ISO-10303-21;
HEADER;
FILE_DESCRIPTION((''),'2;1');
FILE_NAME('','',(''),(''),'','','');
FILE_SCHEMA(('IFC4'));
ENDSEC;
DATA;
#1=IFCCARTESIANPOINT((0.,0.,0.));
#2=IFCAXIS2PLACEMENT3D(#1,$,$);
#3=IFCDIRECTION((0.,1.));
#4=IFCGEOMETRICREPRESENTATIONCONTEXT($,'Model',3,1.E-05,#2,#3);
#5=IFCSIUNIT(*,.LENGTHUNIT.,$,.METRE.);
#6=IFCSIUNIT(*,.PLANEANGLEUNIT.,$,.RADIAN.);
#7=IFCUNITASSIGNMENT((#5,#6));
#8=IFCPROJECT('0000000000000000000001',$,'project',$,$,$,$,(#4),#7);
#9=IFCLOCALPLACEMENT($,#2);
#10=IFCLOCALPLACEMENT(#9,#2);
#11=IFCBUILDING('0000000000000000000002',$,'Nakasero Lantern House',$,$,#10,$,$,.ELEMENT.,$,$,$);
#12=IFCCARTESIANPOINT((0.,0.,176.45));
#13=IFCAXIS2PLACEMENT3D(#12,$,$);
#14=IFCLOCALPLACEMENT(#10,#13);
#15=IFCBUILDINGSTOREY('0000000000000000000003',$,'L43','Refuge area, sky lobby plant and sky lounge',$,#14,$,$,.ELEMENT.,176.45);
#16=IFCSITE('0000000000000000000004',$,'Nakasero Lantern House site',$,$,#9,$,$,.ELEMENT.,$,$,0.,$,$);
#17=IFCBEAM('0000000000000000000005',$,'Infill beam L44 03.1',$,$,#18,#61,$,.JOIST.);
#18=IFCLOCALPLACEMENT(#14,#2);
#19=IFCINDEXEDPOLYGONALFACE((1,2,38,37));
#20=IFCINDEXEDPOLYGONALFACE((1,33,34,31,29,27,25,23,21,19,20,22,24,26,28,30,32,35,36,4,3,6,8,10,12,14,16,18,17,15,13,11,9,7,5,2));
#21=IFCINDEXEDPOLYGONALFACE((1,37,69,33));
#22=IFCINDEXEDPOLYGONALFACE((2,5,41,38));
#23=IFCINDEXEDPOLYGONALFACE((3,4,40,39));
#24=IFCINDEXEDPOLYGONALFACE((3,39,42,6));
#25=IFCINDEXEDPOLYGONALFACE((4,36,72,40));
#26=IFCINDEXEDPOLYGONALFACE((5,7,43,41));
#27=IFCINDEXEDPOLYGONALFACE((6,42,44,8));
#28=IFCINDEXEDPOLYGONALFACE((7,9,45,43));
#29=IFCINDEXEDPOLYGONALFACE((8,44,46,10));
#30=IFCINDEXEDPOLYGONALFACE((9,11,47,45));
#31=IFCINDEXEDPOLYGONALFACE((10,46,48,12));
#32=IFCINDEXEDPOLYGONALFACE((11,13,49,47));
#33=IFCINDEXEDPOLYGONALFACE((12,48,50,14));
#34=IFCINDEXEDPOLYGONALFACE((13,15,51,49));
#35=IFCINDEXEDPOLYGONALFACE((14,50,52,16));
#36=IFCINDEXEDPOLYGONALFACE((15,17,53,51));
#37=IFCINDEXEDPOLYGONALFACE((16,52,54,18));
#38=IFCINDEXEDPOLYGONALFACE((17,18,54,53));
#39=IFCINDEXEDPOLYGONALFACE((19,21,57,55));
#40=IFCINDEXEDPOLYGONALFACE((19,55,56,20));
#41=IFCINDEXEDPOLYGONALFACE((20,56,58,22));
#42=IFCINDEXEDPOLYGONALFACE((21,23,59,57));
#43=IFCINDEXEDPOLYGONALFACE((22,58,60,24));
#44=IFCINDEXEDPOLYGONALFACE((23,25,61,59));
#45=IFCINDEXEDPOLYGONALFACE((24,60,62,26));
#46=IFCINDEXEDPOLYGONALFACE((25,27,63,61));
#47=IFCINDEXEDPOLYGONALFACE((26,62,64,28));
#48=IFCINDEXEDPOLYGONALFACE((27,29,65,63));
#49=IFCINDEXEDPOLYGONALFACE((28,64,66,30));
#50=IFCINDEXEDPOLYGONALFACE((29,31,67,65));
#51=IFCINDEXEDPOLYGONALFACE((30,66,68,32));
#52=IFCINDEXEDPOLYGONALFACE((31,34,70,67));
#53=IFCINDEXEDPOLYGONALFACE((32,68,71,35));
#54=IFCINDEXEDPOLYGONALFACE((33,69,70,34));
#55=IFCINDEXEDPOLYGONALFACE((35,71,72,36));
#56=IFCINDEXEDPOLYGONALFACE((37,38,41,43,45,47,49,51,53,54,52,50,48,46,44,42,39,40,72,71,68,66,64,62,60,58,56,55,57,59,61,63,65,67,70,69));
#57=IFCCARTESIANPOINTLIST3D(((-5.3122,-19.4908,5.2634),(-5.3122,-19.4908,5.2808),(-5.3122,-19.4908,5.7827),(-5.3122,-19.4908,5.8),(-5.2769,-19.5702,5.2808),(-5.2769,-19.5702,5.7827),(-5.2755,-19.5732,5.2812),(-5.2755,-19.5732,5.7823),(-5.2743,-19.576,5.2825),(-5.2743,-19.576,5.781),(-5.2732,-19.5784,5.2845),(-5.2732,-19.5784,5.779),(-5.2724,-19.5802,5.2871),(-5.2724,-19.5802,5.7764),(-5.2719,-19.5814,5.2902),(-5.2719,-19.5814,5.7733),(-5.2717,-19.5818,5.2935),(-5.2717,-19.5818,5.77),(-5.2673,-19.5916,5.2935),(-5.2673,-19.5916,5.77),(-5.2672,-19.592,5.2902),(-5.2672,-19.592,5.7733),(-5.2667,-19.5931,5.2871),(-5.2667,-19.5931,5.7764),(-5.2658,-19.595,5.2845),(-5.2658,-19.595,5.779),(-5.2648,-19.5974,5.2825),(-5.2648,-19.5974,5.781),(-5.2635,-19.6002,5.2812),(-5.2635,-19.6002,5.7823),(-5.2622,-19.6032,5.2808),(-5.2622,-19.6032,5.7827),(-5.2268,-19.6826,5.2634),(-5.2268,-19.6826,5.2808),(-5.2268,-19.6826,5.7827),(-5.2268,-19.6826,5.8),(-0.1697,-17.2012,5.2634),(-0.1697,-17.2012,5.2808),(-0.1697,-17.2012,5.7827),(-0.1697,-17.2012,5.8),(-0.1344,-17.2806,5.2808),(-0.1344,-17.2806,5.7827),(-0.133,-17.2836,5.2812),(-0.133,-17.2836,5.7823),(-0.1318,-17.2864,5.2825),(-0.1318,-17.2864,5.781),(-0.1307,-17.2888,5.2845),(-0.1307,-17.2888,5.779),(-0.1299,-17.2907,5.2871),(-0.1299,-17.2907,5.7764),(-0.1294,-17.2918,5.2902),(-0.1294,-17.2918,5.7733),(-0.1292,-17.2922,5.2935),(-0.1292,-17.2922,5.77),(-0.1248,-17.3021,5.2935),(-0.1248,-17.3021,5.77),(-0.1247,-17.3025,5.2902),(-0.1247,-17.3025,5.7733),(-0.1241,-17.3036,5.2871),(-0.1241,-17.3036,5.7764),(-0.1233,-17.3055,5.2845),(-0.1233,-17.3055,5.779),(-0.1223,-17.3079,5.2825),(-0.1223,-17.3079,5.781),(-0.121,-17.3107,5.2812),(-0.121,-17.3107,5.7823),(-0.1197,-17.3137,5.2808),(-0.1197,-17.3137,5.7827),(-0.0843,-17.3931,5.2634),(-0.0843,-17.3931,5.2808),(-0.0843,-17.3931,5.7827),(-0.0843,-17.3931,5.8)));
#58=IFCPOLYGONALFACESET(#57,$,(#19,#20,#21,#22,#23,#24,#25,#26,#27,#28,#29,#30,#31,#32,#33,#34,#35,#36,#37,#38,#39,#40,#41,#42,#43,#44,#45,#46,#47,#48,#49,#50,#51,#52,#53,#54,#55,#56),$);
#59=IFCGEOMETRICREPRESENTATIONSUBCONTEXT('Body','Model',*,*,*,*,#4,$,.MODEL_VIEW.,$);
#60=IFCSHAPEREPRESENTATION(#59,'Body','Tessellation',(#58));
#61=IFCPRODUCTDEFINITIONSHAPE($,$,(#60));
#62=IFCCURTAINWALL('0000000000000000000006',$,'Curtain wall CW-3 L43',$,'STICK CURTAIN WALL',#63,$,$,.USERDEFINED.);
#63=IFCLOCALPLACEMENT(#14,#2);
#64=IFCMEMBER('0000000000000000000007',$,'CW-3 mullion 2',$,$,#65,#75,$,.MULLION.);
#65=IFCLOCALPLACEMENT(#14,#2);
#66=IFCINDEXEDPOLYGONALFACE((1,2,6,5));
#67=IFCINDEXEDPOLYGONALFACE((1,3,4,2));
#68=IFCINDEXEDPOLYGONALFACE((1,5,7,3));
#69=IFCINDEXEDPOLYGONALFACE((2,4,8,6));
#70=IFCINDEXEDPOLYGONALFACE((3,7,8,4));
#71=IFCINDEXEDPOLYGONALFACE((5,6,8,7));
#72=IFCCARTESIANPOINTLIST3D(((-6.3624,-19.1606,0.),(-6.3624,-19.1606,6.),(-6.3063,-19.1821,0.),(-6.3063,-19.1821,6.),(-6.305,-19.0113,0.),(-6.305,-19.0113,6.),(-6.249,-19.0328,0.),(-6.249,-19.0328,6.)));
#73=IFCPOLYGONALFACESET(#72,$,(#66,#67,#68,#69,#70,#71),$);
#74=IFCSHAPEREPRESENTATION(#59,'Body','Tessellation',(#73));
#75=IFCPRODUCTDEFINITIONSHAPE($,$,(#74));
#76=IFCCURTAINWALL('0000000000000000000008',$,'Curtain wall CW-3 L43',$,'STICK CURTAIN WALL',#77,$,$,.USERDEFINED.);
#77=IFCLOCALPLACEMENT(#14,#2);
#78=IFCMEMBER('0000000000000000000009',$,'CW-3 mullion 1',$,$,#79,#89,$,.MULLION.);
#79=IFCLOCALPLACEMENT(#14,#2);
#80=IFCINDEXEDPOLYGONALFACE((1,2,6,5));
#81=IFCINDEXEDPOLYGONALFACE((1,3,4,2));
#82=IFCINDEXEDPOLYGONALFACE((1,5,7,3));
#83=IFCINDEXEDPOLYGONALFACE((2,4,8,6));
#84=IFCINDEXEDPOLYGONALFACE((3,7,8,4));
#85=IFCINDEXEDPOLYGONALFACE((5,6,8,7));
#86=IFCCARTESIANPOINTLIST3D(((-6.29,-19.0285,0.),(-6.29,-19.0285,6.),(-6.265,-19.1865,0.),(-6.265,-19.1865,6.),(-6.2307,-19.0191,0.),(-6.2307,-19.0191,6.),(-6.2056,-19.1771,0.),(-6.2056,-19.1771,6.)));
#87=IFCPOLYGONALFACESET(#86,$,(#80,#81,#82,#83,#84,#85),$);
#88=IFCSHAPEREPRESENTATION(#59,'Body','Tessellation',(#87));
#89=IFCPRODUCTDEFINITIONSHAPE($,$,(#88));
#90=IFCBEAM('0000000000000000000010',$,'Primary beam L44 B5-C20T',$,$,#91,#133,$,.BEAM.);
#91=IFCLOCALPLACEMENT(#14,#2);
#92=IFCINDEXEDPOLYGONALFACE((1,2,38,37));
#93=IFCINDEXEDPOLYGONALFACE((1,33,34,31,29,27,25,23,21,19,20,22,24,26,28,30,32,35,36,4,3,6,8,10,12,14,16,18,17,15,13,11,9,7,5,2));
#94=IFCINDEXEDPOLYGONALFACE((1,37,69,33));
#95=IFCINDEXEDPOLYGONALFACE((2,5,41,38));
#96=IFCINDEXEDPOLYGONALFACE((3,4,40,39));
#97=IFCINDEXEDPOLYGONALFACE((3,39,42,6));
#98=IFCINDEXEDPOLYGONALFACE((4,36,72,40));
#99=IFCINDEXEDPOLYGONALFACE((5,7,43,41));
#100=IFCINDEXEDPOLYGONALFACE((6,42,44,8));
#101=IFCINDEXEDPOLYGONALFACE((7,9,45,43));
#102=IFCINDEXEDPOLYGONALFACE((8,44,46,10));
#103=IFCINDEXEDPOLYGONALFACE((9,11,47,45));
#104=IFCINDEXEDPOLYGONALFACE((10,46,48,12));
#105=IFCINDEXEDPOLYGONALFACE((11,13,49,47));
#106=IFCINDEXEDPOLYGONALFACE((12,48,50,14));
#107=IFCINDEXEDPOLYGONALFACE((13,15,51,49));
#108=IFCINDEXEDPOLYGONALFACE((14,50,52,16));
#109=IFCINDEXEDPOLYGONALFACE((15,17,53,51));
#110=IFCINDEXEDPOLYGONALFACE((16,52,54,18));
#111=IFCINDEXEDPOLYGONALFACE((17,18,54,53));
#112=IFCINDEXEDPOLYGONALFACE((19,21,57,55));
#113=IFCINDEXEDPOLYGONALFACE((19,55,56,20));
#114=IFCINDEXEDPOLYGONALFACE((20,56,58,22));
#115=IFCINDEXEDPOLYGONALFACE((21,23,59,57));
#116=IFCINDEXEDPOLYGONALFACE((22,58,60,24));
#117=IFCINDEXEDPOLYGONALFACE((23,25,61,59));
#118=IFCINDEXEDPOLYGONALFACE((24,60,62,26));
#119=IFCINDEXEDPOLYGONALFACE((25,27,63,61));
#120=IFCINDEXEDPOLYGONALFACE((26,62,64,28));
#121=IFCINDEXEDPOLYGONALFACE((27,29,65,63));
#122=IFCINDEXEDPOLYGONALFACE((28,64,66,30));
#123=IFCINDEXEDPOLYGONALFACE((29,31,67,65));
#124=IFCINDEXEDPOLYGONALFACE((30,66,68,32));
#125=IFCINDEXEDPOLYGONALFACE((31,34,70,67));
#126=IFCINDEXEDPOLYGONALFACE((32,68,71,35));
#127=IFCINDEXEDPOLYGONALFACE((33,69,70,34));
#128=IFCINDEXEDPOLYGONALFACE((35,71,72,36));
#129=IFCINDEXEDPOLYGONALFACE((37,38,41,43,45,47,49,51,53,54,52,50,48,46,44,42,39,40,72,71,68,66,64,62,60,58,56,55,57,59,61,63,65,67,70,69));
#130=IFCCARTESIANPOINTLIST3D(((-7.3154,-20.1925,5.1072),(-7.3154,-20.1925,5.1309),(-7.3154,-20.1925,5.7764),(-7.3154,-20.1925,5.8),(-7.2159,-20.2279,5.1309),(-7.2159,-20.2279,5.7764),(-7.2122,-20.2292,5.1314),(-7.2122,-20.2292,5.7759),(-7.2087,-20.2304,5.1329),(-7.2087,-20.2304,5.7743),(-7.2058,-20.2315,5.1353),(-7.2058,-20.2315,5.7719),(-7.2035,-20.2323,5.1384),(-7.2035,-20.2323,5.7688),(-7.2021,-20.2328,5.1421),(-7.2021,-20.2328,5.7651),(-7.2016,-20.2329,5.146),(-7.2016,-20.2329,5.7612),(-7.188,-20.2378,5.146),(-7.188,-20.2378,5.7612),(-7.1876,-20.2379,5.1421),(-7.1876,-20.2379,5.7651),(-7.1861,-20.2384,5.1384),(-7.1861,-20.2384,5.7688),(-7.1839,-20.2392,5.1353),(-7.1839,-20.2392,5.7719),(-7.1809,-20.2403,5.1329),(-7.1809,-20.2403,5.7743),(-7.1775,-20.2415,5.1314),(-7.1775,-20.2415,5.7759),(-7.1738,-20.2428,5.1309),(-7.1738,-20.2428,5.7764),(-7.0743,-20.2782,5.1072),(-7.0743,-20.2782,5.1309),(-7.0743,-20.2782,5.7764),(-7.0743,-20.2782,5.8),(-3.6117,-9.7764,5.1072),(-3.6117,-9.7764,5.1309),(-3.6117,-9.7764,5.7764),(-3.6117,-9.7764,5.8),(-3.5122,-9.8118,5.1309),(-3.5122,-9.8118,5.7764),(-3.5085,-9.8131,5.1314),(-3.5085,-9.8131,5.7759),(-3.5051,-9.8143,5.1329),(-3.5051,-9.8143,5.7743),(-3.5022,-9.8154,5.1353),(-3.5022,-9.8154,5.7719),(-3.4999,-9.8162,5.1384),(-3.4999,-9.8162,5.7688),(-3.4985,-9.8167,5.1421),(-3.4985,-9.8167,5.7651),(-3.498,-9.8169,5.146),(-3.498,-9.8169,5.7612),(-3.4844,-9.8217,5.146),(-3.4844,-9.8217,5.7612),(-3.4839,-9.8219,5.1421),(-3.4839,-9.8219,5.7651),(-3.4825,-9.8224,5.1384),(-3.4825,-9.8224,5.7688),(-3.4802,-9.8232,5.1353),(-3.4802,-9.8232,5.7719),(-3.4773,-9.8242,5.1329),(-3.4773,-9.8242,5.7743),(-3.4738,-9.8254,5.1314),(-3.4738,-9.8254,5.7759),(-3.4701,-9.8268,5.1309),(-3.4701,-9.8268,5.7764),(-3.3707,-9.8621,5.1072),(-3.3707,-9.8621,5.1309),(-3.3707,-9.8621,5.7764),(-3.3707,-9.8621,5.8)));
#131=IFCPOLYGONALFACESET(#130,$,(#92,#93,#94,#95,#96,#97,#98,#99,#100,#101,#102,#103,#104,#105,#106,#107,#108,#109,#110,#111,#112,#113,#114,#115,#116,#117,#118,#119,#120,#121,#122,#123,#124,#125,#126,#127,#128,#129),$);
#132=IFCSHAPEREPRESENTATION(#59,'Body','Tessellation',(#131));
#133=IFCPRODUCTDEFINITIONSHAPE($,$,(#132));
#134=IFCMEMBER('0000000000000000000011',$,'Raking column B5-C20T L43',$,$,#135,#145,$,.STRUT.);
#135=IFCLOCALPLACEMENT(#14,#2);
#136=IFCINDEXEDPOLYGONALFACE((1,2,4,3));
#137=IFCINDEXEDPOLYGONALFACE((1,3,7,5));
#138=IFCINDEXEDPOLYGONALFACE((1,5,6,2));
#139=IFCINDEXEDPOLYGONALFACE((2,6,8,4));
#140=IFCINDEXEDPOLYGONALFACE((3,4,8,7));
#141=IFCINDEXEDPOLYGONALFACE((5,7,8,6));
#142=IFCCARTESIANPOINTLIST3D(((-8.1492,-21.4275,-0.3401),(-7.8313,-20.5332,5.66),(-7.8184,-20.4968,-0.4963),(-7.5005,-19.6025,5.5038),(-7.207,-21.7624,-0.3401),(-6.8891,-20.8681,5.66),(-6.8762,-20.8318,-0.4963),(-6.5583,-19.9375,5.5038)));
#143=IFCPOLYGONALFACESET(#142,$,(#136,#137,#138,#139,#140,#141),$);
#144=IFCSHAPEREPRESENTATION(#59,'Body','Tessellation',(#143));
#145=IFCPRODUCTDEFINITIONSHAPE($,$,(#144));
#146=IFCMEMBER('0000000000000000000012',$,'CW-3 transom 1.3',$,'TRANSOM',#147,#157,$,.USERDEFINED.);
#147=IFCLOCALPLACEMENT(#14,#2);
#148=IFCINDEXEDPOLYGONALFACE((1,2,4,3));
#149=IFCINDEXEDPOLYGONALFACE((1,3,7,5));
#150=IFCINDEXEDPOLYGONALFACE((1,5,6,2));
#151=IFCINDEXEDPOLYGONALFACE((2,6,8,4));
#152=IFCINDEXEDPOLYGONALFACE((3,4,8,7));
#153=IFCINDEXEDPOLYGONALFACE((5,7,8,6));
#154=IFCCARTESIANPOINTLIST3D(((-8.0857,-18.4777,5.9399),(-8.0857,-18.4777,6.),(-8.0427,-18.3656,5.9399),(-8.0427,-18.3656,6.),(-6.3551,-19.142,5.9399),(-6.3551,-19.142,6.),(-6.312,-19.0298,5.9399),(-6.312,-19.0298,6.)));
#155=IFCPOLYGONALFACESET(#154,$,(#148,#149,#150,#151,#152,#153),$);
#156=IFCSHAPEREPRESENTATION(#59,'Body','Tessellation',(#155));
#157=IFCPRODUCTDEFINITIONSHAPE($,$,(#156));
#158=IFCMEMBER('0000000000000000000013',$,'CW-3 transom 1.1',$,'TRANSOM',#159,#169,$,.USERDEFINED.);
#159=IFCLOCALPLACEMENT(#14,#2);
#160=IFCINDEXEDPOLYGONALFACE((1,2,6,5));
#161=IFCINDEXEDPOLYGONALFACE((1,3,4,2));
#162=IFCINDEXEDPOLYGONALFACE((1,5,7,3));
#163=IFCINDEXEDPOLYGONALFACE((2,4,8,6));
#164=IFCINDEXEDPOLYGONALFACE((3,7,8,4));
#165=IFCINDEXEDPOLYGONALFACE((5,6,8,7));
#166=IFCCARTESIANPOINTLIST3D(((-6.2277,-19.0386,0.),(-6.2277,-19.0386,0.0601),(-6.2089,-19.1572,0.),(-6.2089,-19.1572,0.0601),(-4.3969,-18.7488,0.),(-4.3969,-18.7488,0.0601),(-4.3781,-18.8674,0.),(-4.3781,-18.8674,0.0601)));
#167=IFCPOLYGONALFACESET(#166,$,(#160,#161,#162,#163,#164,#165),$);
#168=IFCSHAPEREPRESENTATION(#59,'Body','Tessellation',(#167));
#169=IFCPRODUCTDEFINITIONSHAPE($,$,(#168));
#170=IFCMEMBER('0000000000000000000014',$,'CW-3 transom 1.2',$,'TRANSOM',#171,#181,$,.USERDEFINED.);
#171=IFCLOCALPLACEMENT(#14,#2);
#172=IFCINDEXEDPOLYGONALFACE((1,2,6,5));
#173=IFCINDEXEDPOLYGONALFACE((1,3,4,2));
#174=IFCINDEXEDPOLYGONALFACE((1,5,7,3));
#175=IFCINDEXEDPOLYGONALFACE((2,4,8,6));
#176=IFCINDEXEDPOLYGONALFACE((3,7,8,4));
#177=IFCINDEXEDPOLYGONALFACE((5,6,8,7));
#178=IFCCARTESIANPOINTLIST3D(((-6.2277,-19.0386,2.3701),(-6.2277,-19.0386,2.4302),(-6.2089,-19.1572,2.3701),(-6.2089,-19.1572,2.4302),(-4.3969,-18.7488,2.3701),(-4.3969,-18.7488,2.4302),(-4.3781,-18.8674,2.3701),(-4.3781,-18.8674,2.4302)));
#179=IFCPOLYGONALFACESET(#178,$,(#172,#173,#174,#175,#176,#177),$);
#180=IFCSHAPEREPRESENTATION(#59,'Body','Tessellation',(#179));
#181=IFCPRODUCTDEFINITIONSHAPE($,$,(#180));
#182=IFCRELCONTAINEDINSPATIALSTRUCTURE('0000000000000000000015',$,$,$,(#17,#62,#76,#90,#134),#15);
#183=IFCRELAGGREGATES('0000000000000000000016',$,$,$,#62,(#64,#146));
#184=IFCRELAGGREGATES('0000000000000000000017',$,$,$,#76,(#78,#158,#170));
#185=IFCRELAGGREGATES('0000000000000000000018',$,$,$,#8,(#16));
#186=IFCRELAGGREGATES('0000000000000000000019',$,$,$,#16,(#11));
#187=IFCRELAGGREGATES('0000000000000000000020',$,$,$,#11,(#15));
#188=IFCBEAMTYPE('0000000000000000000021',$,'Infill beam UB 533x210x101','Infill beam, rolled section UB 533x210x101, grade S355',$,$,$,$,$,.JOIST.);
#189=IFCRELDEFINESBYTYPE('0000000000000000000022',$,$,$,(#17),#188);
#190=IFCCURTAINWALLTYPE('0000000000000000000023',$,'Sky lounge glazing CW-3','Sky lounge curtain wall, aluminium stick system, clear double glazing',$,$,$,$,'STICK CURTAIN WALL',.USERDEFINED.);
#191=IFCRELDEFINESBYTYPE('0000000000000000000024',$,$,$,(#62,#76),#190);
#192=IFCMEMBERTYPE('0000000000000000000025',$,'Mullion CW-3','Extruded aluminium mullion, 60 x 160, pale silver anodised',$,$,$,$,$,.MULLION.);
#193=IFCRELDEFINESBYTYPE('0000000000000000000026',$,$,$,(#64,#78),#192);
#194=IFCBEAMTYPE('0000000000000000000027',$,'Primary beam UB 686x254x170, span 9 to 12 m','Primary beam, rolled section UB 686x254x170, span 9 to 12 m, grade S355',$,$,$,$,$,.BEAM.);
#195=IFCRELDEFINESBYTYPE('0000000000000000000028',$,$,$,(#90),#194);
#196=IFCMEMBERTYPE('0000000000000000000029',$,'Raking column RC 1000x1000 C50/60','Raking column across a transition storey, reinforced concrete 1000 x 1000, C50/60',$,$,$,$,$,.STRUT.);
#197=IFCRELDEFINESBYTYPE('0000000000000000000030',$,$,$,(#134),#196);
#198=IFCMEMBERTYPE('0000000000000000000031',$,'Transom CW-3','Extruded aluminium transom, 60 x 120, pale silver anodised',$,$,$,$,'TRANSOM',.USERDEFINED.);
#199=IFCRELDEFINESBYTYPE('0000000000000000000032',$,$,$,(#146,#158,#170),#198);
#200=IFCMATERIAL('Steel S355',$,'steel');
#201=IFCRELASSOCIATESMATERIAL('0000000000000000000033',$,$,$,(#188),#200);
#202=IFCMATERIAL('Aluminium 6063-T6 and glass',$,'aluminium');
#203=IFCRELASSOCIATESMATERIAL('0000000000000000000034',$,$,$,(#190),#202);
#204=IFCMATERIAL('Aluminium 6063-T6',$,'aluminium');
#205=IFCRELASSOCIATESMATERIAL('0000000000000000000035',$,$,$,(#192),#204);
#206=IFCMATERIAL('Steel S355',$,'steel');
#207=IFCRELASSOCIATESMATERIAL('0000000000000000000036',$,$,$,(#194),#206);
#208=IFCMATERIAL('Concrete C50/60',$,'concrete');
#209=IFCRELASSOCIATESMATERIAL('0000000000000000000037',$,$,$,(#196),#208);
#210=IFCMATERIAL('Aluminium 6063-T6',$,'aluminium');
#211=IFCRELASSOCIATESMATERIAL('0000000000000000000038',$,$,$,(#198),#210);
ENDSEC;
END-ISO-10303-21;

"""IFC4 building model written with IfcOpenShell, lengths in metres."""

from ifc_helpers import new_model, si_unit, direction, frame, origin, origin_2d, place, context, subcontext, project, spatial, rectangle, i_section, extrude, material, material_profile, profile_set, type_object, element, aggregate, save


model = new_model("IFC4")

# Units and contexts
model_context = context("Model", 3, precision=1e-05, world=origin(), true_north=direction((0.0, 1.0)))
body_context = subcontext(model_context, "Body", "Model", "MODEL_VIEW")
ifc_project = project(units=[si_unit("LENGTHUNIT", "METRE"), si_unit("PLANEANGLEUNIT", "RADIAN")], contexts=[model_context])

# Site, building, storey
site_placement = place(None, origin())
site = spatial("IfcSite", under=ifc_project, at=site_placement, Name="Nakasero Lantern House site", CompositionType="ELEMENT", RefElevation=0.0)
building_placement = place(site_placement, origin())
building = spatial("IfcBuilding", under=site, at=building_placement, Name="Nakasero Lantern House", CompositionType="ELEMENT")
storey_placement = place(building_placement, frame((0.0, 0.0, 176.45)))
storey = spatial("IfcBuildingStorey", under=building, at=storey_placement, Name="L43", Description="Refuge area, sky lobby plant and sky lounge", CompositionType="ELEMENT", Elevation=176.45)

# Beam
ifc_material_1 = material(Name="Steel S355", Category="steel")
ifc_material_profile_1 = material_profile(ifc_material_1, i_section(OverallWidth=0.21, OverallDepth=0.5366, WebThickness=0.0107, FlangeThickness=0.0173, FilletRadius=0.0127, at=origin_2d()), Name="UB 533x210x101")
ifc_profile_set_1 = profile_set([ifc_material_profile_1], Name="Steel S355")
beam_type_1 = type_object("IfcBeamType", Name="Infill beam UB 533x210x101", Description="Infill beam, rolled section UB 533x210x101, grade S355", PredefinedType="JOIST", material=ifc_profile_set_1)
beam_1_placement = place(storey_placement, frame((-5.2695, -19.5867, 5.5317), z_axis=(0.91355, 0.406726, 0.0), x_axis=(-0.406726, 0.91355, 0.0)))
element("IfcBeam", 1, at=beam_1_placement, inside=storey, type_object=beam_type_1, Name="Infill beam L44 03.1", PredefinedType="JOIST", context=body_context, shape_type="SweptSolid", body=[
    extrude(i_section(OverallWidth=0.21, OverallDepth=0.5366, WebThickness=0.0107, FlangeThickness=0.0173, FilletRadius=0.0127, at=origin_2d()), origin(), (0.0, 0.0, 1.0), 5.6292),
])

# Curtain walls, members
ifc_material_2 = material(Name="Aluminium 6063-T6 and glass", Category="aluminium")
curtain_wall_type = type_object("IfcCurtainWallType", Name="Sky lounge glazing CW-3", Description="Sky lounge curtain wall, aluminium stick system, clear double glazing", ElementType="STICK CURTAIN WALL", PredefinedType="USERDEFINED", material=ifc_material_2)
curtain_wall_1_placement = place(storey_placement, origin())
curtain_wall_1 = element("IfcCurtainWall", 2, at=curtain_wall_1_placement, inside=storey, type_object=curtain_wall_type, Name="Curtain wall CW-3 L43", ObjectType="STICK CURTAIN WALL", PredefinedType="USERDEFINED")
ifc_material_3 = material(Name="Aluminium 6063-T6", Category="aluminium")
ifc_material_profile_2 = material_profile(ifc_material_3, rectangle(XDim=0.0601, YDim=0.1599, at=origin_2d()), Name="CW-3 mullion 60x160")
ifc_profile_set_2 = profile_set([ifc_material_profile_2], Name="Aluminium 6063-T6")
member_type_1 = type_object("IfcMemberType", Name="Mullion CW-3", Description="Extruded aluminium mullion, 60 x 160, pale silver anodised", PredefinedType="MULLION", material=ifc_profile_set_2)
member_1_placement = place(storey_placement, frame((-6.3057, -19.0967, 0.0), z_axis=(0.0, 0.0, 1.0), x_axis=(0.93358, -0.358368, 0.0)))
member_1 = element("IfcMember", 3, at=member_1_placement, type_object=member_type_1, Name="CW-3 mullion 2", PredefinedType="MULLION", context=body_context, shape_type="SweptSolid", body=[
    extrude(rectangle(XDim=0.0601, YDim=0.1599, at=origin_2d()), origin(), (0.0, 0.0, 1.0), 6.0),
])
curtain_wall_2_placement = place(storey_placement, origin())
curtain_wall_2 = element("IfcCurtainWall", 4, at=curtain_wall_2_placement, inside=storey, type_object=curtain_wall_type, Name="Curtain wall CW-3 L43", ObjectType="STICK CURTAIN WALL", PredefinedType="USERDEFINED")
member_2_placement = place(storey_placement, frame((-6.2478, -19.1028, 0.0), z_axis=(0.0, 0.0, 1.0), x_axis=(0.987688, 0.156434, 0.0)))
member_2 = element("IfcMember", 5, at=member_2_placement, type_object=member_type_1, Name="CW-3 mullion 1", PredefinedType="MULLION", context=body_context, shape_type="SweptSolid", body=[
    extrude(rectangle(XDim=0.0601, YDim=0.1599, at=origin_2d()), origin(), (0.0, 0.0, 1.0), 6.0),
])

# Beam
ifc_material_4 = material(Name="Steel S355", Category="steel")
ifc_material_profile_3 = material_profile(ifc_material_4, i_section(OverallWidth=0.2559, OverallDepth=0.6929, WebThickness=0.0144, FlangeThickness=0.0237, FilletRadius=0.0151, at=origin_2d()), Name="UB 686x254x170")
ifc_profile_set_3 = profile_set([ifc_material_profile_3], Name="Steel S355")
beam_type_2 = type_object("IfcBeamType", Name="Primary beam UB 686x254x170, span 9 to 12 m", Description="Primary beam, rolled section UB 686x254x170, span 9 to 12 m, grade S355", PredefinedType="BEAM", material=ifc_profile_set_3)
beam_2_placement = place(storey_placement, frame((-7.1948, -20.2354, 5.4536), z_axis=(0.335021, 0.942211, 0.0), x_axis=(-0.942211, 0.335021, 0.0)))
element("IfcBeam", 6, at=beam_2_placement, inside=storey, type_object=beam_type_2, Name="Primary beam L44 B5-C20T", PredefinedType="BEAM", context=body_context, shape_type="SweptSolid", body=[
    extrude(i_section(OverallWidth=0.2559, OverallDepth=0.6929, WebThickness=0.0144, FlangeThickness=0.0237, FilletRadius=0.0151, at=origin_2d()), origin(), (0.0, 0.0, 1.0), 11.0549),
])

# Members
ifc_material_5 = material(Name="Concrete C50/60", Category="concrete")
ifc_material_profile_4 = material_profile(ifc_material_5, rectangle(XDim=1.0, YDim=1.0, at=origin_2d()), Name="RC 1000x1000")
ifc_profile_set_4 = profile_set([ifc_material_profile_4], Name="Concrete C50/60")
member_type_2 = type_object("IfcMemberType", Name="Raking column RC 1000x1000 C50/60", Description="Raking column across a transition storey, reinforced concrete 1000 x 1000, C50/60", PredefinedType="STRUT", material=ifc_profile_set_4)
member_3_placement = place(storey_placement, frame((-7.5127, -21.1296, -0.4182), z_axis=(0.052328, 0.147217, 0.987719), x_axis=(-0.942247, 0.334918, 0.0)))
element("IfcMember", 7, at=member_3_placement, inside=storey, type_object=member_type_2, Name="Raking column B5-C20T L43", PredefinedType="STRUT", context=body_context, shape_type="SweptSolid", body=[
    extrude(rectangle(XDim=1.0, YDim=1.0, at=origin_2d()), origin(), (0.0, 0.0, 1.0), 6.0747),
])
ifc_material_6 = material(Name="Aluminium 6063-T6", Category="aluminium")
ifc_material_profile_5 = material_profile(ifc_material_6, rectangle(XDim=0.0601, YDim=0.1201, at=origin_2d()), Name="CW-3 transom 60x120")
ifc_profile_set_5 = profile_set([ifc_material_profile_5], Name="Aluminium 6063-T6")
member_type_3 = type_object("IfcMemberType", Name="Transom CW-3", Description="Extruded aluminium transom, 60 x 120, pale silver anodised", ElementType="TRANSOM", PredefinedType="USERDEFINED", material=ifc_profile_set_5)
member_4_placement = place(storey_placement, frame((-8.0642, -18.4216, 5.97), z_axis=(0.93359, -0.358344, 0.0), x_axis=(0.0, 0.0, 1.0)))
member_4 = element("IfcMember", 8, at=member_4_placement, type_object=member_type_3, Name="CW-3 transom 1.3", ObjectType="TRANSOM", PredefinedType="USERDEFINED", context=body_context, shape_type="SweptSolid", body=[
    extrude(rectangle(XDim=0.0601, YDim=0.1201, at=origin_2d()), origin(), (0.0, 0.0, 1.0), 1.8538),
])
member_5_placement = place(storey_placement, frame((-6.2183, -19.0979, 0.03), z_axis=(0.987703, 0.156341, 0.0), x_axis=(0.0, 0.0, 1.0)))
member_5 = element("IfcMember", 9, at=member_5_placement, type_object=member_type_3, Name="CW-3 transom 1.1", ObjectType="TRANSOM", PredefinedType="USERDEFINED", context=body_context, shape_type="SweptSolid", body=[
    extrude(rectangle(XDim=0.0601, YDim=0.1201, at=origin_2d()), origin(), (0.0, 0.0, 1.0), 1.8535),
])
member_6_placement = place(storey_placement, frame((-6.2183, -19.0979, 2.4001), z_axis=(0.987703, 0.156341, 0.0), x_axis=(0.0, 0.0, 1.0)))
member_6 = element("IfcMember", 10, at=member_6_placement, type_object=member_type_3, Name="CW-3 transom 1.2", ObjectType="TRANSOM", PredefinedType="USERDEFINED", context=body_context, shape_type="SweptSolid", body=[
    extrude(rectangle(XDim=0.0601, YDim=0.1201, at=origin_2d()), origin(), (0.0, 0.0, 1.0), 1.8535),
])

aggregate(curtain_wall_1, [member_1, member_4])
aggregate(curtain_wall_2, [member_2, member_5, member_6])

save(model, "model.ifc")
